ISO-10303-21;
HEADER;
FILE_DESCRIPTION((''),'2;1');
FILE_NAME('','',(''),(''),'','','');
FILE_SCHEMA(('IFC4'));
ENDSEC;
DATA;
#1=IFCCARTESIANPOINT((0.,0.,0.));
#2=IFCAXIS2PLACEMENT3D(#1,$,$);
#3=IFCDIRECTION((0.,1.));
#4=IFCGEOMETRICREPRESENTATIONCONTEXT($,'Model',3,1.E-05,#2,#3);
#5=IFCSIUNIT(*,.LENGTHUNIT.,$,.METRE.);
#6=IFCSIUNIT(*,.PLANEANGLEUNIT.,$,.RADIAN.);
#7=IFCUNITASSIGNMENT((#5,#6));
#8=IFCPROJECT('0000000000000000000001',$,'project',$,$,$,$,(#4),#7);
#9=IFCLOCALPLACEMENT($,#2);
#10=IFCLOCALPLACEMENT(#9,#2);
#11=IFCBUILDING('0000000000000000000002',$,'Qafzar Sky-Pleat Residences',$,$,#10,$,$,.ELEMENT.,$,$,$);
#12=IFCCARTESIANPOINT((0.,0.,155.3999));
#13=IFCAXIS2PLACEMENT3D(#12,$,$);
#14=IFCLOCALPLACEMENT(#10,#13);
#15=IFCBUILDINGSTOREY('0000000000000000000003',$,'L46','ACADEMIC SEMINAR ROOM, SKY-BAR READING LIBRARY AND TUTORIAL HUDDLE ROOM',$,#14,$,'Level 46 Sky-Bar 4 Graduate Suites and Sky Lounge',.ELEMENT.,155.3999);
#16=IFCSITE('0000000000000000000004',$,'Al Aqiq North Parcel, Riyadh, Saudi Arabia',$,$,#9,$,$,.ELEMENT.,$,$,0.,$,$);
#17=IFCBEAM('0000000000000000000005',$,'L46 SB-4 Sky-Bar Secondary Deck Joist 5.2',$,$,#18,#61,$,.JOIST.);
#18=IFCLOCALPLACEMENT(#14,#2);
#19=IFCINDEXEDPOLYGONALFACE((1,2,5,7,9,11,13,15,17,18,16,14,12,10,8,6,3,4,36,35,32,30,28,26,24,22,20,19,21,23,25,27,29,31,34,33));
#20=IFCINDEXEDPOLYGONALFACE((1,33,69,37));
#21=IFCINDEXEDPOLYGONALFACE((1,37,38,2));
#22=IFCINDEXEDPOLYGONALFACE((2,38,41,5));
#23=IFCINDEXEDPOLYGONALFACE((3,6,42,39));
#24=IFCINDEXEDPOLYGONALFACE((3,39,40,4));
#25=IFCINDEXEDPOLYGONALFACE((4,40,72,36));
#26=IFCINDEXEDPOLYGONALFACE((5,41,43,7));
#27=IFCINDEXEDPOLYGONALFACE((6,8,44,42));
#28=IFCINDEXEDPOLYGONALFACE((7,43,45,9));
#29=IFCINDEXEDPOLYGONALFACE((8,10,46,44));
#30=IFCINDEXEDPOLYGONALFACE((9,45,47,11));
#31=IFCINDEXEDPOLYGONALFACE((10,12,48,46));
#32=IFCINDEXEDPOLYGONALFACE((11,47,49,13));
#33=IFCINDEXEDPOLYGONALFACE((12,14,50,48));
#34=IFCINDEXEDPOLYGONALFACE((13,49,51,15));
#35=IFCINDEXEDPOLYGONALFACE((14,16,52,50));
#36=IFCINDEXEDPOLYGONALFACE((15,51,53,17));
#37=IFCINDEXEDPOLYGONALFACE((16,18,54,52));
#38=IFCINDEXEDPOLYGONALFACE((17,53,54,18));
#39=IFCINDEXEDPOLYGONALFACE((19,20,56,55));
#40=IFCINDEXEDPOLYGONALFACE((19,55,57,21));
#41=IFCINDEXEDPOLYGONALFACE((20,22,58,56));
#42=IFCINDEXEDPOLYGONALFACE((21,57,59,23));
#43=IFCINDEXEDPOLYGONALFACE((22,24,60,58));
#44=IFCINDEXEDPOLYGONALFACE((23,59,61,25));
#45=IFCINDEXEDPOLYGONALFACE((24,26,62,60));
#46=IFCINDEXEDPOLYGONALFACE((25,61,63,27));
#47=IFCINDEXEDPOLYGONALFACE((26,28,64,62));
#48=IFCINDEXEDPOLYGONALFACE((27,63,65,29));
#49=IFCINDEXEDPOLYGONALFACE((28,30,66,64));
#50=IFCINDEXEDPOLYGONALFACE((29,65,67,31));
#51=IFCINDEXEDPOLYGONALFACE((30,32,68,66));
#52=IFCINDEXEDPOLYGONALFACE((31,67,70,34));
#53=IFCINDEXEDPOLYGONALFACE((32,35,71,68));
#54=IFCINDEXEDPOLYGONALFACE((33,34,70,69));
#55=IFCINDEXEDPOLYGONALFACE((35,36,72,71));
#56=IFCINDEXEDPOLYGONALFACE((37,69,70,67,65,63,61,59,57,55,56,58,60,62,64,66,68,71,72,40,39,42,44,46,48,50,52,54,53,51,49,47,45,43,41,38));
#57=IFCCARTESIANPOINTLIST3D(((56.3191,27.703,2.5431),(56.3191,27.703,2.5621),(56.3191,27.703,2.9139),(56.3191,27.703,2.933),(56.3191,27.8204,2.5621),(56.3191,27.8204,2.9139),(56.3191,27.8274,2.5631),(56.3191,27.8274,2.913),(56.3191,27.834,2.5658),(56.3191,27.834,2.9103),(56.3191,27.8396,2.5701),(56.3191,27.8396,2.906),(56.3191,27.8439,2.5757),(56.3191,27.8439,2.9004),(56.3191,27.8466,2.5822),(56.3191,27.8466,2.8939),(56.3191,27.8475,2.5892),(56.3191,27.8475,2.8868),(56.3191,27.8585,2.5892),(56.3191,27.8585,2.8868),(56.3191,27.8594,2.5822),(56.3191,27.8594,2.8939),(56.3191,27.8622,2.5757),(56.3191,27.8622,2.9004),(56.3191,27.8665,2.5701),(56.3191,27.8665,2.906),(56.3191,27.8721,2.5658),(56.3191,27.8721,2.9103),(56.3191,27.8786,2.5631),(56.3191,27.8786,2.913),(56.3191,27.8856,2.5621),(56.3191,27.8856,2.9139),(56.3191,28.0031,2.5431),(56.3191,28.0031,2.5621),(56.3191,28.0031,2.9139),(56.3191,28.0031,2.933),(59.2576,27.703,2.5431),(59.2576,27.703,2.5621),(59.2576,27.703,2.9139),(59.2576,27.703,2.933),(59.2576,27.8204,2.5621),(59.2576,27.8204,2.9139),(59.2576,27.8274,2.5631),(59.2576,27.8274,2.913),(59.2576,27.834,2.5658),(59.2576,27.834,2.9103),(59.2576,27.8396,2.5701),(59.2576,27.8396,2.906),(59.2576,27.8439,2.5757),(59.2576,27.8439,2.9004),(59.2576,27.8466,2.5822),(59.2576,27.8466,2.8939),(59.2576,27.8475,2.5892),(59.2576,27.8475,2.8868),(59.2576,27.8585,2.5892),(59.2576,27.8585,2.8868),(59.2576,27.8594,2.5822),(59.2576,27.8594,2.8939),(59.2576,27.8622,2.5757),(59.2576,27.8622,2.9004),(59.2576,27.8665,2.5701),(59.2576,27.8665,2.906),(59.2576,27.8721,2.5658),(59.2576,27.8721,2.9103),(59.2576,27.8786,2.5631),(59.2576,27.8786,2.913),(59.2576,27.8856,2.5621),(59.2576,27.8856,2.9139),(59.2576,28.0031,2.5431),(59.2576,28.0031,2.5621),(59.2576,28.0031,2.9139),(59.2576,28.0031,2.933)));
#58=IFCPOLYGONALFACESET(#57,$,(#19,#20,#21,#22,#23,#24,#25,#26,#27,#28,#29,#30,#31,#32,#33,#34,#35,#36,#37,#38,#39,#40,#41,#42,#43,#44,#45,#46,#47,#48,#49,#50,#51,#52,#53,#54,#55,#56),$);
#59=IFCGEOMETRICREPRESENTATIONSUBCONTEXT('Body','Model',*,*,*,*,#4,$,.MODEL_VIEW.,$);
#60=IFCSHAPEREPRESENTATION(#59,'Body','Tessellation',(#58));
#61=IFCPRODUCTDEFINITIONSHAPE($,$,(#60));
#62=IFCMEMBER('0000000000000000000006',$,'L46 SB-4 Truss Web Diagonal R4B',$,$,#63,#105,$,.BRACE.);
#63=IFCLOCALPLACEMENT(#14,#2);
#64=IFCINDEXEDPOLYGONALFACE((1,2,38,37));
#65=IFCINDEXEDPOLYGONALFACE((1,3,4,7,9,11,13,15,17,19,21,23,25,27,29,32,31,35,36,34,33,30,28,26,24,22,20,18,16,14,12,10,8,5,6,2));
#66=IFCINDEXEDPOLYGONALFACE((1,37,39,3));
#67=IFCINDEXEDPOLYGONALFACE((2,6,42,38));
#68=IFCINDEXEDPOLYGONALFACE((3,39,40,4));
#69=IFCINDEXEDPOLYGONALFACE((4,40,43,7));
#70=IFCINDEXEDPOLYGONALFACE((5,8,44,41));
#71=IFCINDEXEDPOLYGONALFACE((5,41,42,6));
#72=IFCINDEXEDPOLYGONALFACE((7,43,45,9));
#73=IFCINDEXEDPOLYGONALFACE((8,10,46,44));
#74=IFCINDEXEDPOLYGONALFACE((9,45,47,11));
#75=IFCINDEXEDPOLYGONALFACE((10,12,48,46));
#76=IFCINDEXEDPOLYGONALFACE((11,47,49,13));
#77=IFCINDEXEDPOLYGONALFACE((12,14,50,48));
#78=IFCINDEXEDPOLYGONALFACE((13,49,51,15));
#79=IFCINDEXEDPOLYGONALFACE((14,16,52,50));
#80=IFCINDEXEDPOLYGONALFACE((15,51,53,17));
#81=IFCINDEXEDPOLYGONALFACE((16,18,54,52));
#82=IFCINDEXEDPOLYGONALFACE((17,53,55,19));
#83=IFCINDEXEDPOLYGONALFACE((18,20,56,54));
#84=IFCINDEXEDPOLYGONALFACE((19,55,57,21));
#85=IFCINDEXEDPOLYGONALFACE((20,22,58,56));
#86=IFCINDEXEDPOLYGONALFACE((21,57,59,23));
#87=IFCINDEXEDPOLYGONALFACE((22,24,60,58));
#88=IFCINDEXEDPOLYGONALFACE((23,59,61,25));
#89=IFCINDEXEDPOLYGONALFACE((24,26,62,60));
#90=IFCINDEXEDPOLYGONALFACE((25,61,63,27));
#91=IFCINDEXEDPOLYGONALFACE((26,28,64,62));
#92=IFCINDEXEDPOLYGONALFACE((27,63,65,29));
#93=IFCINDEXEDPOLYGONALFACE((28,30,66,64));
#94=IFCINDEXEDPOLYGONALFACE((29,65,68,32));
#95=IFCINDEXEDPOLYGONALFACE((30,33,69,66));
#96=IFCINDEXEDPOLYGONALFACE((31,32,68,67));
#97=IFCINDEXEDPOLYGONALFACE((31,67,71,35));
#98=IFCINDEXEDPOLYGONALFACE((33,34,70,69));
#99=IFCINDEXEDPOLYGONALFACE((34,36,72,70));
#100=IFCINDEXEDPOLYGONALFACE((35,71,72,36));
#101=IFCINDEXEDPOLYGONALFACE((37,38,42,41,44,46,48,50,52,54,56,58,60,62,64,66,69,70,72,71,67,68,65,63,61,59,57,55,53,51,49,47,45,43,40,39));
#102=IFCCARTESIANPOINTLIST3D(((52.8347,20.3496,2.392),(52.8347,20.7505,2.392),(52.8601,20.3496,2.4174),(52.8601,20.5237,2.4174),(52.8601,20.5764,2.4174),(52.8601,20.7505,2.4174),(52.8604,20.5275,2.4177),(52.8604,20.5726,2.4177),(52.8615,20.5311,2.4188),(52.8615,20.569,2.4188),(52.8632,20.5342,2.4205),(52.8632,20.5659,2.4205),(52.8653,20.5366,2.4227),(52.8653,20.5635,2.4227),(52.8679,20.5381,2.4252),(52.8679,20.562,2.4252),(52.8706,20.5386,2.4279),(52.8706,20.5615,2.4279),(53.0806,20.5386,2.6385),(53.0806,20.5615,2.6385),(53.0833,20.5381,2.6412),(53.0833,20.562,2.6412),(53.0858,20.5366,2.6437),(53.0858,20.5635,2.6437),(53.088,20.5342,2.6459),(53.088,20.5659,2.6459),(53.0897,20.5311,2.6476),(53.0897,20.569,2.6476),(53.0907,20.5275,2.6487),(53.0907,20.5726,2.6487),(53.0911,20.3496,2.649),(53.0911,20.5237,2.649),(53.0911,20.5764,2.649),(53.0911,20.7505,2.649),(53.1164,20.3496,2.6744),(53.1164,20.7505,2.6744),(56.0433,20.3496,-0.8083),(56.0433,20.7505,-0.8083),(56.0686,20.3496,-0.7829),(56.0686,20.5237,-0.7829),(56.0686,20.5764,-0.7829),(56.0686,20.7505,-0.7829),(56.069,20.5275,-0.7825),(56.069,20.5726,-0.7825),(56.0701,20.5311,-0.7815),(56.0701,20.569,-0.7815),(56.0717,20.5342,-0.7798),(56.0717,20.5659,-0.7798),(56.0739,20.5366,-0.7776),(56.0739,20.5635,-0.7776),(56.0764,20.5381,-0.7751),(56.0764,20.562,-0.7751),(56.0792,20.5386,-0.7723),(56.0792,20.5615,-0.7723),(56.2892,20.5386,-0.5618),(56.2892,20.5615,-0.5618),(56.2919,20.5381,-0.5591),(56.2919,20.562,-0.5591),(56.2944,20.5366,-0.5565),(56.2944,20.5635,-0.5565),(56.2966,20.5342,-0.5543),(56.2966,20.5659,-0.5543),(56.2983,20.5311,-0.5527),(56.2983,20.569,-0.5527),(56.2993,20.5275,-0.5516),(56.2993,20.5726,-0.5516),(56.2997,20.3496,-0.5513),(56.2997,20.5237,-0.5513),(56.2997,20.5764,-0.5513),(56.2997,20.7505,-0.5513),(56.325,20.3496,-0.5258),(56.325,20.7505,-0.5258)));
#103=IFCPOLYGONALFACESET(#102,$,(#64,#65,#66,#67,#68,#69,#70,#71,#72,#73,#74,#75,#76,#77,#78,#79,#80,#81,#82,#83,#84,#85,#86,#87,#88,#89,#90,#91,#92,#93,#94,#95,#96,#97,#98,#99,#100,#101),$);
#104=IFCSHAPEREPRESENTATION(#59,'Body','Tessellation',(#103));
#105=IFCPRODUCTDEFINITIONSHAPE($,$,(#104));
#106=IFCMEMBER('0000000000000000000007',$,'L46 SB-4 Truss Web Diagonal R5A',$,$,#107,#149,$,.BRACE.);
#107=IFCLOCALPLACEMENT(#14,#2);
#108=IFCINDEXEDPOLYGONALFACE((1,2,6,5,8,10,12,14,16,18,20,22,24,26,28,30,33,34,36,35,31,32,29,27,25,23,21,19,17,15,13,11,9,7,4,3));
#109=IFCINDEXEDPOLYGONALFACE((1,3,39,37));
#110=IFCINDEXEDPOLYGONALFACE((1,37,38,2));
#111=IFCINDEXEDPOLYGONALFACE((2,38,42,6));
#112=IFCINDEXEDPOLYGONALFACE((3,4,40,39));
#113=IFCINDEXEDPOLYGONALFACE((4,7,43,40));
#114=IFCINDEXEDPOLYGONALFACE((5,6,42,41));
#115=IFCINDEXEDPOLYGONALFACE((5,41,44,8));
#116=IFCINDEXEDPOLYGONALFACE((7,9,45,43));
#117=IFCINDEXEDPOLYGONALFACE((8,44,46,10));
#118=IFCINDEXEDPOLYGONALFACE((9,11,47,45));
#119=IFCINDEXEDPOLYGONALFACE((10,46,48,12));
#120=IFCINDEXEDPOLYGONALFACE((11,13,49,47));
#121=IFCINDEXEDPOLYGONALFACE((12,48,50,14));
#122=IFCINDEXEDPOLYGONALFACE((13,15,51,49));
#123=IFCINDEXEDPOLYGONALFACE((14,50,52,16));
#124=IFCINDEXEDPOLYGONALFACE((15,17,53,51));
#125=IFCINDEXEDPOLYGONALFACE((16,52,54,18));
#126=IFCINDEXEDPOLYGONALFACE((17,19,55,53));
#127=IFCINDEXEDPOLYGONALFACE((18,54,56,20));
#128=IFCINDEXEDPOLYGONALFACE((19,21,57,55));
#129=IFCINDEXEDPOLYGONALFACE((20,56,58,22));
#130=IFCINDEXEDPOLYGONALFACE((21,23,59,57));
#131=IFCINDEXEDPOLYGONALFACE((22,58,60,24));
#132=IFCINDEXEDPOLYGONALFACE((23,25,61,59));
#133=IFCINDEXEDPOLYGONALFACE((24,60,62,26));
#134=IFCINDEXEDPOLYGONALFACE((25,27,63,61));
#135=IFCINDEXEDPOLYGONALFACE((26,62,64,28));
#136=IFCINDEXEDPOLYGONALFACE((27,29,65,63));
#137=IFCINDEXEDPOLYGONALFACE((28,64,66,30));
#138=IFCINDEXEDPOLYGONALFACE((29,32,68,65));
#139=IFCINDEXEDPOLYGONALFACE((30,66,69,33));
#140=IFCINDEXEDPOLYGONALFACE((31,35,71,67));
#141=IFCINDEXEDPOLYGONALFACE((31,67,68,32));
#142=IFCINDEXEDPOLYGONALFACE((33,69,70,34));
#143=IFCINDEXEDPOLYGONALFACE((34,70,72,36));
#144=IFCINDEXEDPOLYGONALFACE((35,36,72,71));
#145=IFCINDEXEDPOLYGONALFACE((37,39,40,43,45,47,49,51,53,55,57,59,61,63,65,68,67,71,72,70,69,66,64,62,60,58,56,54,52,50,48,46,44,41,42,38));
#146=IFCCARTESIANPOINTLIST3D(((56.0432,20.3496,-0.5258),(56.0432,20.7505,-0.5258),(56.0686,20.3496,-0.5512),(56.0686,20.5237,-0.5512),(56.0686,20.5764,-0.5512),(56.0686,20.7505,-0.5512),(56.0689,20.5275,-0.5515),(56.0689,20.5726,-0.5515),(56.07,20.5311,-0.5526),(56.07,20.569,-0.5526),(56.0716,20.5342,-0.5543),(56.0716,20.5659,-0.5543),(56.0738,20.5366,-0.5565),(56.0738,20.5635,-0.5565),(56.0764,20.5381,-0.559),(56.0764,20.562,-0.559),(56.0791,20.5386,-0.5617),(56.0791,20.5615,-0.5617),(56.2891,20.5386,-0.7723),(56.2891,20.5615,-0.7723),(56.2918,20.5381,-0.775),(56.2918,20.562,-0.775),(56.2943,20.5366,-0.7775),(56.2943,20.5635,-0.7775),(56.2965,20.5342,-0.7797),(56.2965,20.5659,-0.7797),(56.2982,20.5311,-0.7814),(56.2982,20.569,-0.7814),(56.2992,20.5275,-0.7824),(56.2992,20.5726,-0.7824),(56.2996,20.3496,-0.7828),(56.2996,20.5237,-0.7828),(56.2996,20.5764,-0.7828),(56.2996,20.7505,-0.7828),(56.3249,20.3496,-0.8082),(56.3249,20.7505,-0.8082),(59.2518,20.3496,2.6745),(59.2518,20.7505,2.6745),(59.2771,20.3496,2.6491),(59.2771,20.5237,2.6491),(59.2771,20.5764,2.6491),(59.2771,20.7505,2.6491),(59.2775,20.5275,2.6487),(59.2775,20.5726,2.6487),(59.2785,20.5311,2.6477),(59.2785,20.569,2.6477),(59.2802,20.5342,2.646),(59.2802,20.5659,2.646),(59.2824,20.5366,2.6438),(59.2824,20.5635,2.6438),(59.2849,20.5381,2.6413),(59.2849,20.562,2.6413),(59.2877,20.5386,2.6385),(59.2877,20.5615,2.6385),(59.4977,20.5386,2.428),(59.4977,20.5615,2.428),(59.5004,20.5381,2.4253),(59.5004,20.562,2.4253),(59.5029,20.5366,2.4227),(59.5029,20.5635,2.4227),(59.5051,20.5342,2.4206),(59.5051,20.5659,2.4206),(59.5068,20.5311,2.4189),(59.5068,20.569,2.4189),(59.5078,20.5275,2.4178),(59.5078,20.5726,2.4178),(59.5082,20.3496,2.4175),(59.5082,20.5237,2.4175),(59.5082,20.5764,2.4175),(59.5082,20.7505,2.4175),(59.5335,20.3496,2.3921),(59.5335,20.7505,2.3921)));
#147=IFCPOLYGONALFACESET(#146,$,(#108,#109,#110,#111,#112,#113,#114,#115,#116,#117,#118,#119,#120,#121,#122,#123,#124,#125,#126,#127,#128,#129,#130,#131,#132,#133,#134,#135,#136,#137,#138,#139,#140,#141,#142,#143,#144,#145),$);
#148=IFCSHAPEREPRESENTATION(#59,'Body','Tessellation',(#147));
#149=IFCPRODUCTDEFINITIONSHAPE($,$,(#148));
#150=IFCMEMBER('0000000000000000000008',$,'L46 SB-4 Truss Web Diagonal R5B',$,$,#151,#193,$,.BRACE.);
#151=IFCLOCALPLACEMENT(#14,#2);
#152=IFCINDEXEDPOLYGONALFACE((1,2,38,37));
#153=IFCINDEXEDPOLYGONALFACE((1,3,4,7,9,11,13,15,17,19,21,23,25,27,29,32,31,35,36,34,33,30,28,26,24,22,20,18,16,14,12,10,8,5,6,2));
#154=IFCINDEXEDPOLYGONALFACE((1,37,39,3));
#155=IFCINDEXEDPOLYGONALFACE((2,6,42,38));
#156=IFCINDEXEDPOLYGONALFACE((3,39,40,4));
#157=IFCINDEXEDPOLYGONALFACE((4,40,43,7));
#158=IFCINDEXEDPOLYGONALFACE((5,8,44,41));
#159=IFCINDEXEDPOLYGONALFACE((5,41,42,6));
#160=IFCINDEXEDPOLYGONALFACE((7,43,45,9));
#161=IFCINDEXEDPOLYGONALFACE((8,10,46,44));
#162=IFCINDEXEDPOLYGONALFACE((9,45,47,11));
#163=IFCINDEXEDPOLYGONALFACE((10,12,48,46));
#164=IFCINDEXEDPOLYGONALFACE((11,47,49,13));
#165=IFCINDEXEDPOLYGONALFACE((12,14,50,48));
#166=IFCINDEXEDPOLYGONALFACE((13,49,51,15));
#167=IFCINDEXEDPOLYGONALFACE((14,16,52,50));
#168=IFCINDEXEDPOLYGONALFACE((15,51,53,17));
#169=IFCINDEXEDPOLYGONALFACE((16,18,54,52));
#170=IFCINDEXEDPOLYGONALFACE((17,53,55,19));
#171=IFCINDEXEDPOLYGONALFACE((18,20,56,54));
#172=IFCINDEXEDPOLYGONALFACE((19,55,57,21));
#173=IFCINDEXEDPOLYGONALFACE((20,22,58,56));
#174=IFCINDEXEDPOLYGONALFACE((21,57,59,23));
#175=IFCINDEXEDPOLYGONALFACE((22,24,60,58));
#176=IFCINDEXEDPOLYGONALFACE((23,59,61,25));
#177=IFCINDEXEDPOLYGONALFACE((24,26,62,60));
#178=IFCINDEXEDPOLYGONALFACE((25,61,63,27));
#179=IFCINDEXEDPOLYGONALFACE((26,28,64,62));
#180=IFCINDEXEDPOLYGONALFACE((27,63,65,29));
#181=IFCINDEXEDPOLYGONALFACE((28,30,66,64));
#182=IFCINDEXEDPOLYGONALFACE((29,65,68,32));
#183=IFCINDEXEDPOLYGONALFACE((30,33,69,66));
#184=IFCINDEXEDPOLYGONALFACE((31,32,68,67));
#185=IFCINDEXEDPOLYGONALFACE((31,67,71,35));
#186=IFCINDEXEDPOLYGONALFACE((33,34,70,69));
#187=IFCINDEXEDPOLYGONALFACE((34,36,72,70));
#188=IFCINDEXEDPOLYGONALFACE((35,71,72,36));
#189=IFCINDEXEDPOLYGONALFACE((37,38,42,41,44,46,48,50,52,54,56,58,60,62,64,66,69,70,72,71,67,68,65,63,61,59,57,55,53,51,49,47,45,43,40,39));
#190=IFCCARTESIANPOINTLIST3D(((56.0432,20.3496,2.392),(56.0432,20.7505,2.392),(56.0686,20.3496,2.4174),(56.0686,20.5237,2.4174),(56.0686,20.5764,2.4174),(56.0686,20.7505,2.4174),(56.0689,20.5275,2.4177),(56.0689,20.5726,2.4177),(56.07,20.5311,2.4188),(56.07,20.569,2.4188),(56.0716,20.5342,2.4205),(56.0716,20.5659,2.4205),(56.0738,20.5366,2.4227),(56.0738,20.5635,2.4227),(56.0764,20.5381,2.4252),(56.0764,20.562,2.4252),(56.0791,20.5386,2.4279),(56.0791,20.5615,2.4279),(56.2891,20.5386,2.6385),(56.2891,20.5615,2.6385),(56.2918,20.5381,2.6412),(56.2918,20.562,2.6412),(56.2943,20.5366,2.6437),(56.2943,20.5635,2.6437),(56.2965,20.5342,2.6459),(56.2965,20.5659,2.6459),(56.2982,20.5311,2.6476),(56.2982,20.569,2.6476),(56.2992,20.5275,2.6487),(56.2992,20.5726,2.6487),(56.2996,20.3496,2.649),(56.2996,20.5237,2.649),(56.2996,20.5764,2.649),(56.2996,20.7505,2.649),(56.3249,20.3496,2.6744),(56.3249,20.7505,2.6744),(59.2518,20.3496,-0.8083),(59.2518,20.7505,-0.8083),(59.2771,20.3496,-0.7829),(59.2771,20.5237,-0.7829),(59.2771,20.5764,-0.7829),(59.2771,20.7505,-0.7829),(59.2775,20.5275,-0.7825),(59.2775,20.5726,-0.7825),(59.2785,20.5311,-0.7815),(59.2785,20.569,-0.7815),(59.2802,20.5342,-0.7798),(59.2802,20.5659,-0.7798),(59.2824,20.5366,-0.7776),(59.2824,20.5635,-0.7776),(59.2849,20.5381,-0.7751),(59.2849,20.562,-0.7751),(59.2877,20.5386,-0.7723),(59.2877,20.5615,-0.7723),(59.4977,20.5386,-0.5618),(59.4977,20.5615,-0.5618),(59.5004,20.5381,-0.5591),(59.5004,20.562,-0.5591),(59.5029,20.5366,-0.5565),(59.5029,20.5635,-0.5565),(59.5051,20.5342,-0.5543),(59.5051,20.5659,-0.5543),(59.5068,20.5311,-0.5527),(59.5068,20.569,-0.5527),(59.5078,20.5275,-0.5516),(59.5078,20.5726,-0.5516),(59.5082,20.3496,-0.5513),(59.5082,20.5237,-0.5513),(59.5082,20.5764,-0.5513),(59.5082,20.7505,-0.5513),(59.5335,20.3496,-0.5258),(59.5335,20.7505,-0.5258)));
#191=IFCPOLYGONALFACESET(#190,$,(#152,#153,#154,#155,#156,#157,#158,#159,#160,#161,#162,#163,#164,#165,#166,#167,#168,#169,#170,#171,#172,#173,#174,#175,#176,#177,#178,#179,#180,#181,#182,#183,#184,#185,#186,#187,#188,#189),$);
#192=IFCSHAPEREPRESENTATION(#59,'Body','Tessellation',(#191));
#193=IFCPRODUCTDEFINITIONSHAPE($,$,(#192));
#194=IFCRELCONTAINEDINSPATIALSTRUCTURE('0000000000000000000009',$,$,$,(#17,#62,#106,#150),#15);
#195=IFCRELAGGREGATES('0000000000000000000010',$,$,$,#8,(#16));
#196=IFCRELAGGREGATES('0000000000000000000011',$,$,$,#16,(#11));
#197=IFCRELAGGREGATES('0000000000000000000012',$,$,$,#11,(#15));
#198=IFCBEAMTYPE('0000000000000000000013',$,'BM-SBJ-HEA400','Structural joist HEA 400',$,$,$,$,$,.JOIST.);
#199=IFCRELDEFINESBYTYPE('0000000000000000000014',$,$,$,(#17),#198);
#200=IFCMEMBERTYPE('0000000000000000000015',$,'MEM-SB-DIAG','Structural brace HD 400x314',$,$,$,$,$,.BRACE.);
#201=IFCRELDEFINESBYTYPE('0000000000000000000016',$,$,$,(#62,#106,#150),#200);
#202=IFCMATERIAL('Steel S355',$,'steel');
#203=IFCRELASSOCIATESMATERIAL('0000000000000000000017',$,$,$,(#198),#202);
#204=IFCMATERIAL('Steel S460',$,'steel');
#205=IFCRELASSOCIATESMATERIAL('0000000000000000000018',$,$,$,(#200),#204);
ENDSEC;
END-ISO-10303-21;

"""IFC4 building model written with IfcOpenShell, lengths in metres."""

from ifc_helpers import new_model, si_unit, direction, frame, origin, origin_2d, place, context, subcontext, project, spatial, i_section, extrude, source, transform, mapped, material, material_profile, profile_set, type_object, element, save


model = new_model("IFC4")

# Units and contexts
model_context = context("Model", 3, precision=1e-05, world=origin(), true_north=direction((0.0, 1.0)))
body_context = subcontext(model_context, "Body", "Model", "MODEL_VIEW")
ifc_project = project(units=[si_unit("LENGTHUNIT", "METRE"), si_unit("PLANEANGLEUNIT", "RADIAN")], contexts=[model_context])

# Site, building, storey
site_placement = place(None, origin())
site = spatial("IfcSite", under=ifc_project, at=site_placement, Name="Al Aqiq North Parcel, Riyadh, Saudi Arabia", CompositionType="ELEMENT", RefElevation=0.0)
building_placement = place(site_placement, origin())
building = spatial("IfcBuilding", under=site, at=building_placement, Name="Qafzar Sky-Pleat Residences", CompositionType="ELEMENT")
storey_placement = place(building_placement, frame((0.0, 0.0, 155.3999)))
storey = spatial("IfcBuildingStorey", under=building, at=storey_placement, Name="L46", Description="ACADEMIC SEMINAR ROOM, SKY-BAR READING LIBRARY AND TUTORIAL HUDDLE ROOM", LongName="Level 46 Sky-Bar 4 Graduate Suites and Sky Lounge", CompositionType="ELEMENT", Elevation=155.3999)

# Beam
ifc_material_1 = material(Name="Steel S460", Category="steel")
ifc_material_2 = material(Name="Steel S355", Category="steel")
ifc_material_profile_1 = material_profile(ifc_material_2, i_section(OverallWidth=0.3, OverallDepth=0.3899, WebThickness=0.011, FlangeThickness=0.019, FilletRadius=0.0271, at=origin_2d()), Name="HEA 400")
ifc_profile_set_1 = profile_set([ifc_material_profile_1], Name="Steel S355")
beam_type_1 = type_object("IfcBeamType", Name="BM-SBJ-HEA400", Description="Structural joist HEA 400", PredefinedType="JOIST", material=ifc_profile_set_1)
shared_shape_1 = source(origin(), body_context, "Body", "SweptSolid", [
    extrude(i_section(OverallWidth=0.3, OverallDepth=0.3899, WebThickness=0.011, FlangeThickness=0.019, FilletRadius=0.0271, at=origin_2d()), origin(), (0.0, 0.0, 1.0), 2.9385),
])
for number, where, z_axis, x_axis, name in (
    (1, (56.3191, 27.853, 2.738), (1.0, 0.0, 0.0), (0.0, 1.0, 0.0), "L46 SB-4 Sky-Bar Secondary Deck Joist 5.2"),
):
    element("IfcBeam", number, at=place(storey_placement, frame(where, z_axis=z_axis, x_axis=x_axis)), inside=storey, type_object=beam_type_1, Name=name, PredefinedType="JOIST", context=body_context, shape_type="MappedRepresentation", body=[
        mapped(shared_shape_1, transform((0.0, 0.0, 0.0), x_axis=(1.0, 0.0, 0.0), y_axis=(0.0, 1.0, 0.0), z_axis=(0.0, 0.0, 1.0), scale=1.0)),
    ])

# Members
ifc_material_profile_2 = material_profile(ifc_material_1, i_section(OverallWidth=0.4009, OverallDepth=0.3989, WebThickness=0.0229, FlangeThickness=0.0359, FilletRadius=0.0149, at=origin_2d()), Name="HD 400x314")
ifc_profile_set_2 = profile_set([ifc_material_profile_2], Name="Steel S460")
member_type_1 = type_object("IfcMemberType", Name="MEM-SB-DIAG", Description="Structural brace HD 400x314", PredefinedType="BRACE", material=ifc_profile_set_2)
shared_shape_2 = source(origin(), body_context, "Body", "SweptSolid", [
    extrude(i_section(OverallWidth=0.4009, OverallDepth=0.3989, WebThickness=0.0229, FlangeThickness=0.0359, FilletRadius=0.0149, at=origin_2d()), origin(), (0.0, 0.0, 1.0), 4.5317),
])
for number, where, z_axis, x_axis, name in (
    (2, (52.9756, 20.55, 2.5332), (0.708022, 0.0, -0.70619), (0.0, 1.0, 0.0), "L46 SB-4 Truss Web Diagonal R4B"),
    (3, (56.1841, 20.55, -0.667), (0.708022, 0.0, 0.70619), (0.0, 1.0, 0.0), "L46 SB-4 Truss Web Diagonal R5A"),
    (4, (56.1841, 20.55, 2.5332), (0.708022, 0.0, -0.70619), (0.0, 1.0, 0.0), "L46 SB-4 Truss Web Diagonal R5B"),
):
    element("IfcMember", number, at=place(storey_placement, frame(where, z_axis=z_axis, x_axis=x_axis)), inside=storey, type_object=member_type_1, Name=name, PredefinedType="BRACE", context=body_context, shape_type="MappedRepresentation", body=[
        mapped(shared_shape_2, transform((0.0, 0.0, 0.0), x_axis=(1.0, 0.0, 0.0), y_axis=(0.0, 1.0, 0.0), z_axis=(0.0, 0.0, 1.0), scale=1.0)),
    ])

save(model, "model.ifc")
